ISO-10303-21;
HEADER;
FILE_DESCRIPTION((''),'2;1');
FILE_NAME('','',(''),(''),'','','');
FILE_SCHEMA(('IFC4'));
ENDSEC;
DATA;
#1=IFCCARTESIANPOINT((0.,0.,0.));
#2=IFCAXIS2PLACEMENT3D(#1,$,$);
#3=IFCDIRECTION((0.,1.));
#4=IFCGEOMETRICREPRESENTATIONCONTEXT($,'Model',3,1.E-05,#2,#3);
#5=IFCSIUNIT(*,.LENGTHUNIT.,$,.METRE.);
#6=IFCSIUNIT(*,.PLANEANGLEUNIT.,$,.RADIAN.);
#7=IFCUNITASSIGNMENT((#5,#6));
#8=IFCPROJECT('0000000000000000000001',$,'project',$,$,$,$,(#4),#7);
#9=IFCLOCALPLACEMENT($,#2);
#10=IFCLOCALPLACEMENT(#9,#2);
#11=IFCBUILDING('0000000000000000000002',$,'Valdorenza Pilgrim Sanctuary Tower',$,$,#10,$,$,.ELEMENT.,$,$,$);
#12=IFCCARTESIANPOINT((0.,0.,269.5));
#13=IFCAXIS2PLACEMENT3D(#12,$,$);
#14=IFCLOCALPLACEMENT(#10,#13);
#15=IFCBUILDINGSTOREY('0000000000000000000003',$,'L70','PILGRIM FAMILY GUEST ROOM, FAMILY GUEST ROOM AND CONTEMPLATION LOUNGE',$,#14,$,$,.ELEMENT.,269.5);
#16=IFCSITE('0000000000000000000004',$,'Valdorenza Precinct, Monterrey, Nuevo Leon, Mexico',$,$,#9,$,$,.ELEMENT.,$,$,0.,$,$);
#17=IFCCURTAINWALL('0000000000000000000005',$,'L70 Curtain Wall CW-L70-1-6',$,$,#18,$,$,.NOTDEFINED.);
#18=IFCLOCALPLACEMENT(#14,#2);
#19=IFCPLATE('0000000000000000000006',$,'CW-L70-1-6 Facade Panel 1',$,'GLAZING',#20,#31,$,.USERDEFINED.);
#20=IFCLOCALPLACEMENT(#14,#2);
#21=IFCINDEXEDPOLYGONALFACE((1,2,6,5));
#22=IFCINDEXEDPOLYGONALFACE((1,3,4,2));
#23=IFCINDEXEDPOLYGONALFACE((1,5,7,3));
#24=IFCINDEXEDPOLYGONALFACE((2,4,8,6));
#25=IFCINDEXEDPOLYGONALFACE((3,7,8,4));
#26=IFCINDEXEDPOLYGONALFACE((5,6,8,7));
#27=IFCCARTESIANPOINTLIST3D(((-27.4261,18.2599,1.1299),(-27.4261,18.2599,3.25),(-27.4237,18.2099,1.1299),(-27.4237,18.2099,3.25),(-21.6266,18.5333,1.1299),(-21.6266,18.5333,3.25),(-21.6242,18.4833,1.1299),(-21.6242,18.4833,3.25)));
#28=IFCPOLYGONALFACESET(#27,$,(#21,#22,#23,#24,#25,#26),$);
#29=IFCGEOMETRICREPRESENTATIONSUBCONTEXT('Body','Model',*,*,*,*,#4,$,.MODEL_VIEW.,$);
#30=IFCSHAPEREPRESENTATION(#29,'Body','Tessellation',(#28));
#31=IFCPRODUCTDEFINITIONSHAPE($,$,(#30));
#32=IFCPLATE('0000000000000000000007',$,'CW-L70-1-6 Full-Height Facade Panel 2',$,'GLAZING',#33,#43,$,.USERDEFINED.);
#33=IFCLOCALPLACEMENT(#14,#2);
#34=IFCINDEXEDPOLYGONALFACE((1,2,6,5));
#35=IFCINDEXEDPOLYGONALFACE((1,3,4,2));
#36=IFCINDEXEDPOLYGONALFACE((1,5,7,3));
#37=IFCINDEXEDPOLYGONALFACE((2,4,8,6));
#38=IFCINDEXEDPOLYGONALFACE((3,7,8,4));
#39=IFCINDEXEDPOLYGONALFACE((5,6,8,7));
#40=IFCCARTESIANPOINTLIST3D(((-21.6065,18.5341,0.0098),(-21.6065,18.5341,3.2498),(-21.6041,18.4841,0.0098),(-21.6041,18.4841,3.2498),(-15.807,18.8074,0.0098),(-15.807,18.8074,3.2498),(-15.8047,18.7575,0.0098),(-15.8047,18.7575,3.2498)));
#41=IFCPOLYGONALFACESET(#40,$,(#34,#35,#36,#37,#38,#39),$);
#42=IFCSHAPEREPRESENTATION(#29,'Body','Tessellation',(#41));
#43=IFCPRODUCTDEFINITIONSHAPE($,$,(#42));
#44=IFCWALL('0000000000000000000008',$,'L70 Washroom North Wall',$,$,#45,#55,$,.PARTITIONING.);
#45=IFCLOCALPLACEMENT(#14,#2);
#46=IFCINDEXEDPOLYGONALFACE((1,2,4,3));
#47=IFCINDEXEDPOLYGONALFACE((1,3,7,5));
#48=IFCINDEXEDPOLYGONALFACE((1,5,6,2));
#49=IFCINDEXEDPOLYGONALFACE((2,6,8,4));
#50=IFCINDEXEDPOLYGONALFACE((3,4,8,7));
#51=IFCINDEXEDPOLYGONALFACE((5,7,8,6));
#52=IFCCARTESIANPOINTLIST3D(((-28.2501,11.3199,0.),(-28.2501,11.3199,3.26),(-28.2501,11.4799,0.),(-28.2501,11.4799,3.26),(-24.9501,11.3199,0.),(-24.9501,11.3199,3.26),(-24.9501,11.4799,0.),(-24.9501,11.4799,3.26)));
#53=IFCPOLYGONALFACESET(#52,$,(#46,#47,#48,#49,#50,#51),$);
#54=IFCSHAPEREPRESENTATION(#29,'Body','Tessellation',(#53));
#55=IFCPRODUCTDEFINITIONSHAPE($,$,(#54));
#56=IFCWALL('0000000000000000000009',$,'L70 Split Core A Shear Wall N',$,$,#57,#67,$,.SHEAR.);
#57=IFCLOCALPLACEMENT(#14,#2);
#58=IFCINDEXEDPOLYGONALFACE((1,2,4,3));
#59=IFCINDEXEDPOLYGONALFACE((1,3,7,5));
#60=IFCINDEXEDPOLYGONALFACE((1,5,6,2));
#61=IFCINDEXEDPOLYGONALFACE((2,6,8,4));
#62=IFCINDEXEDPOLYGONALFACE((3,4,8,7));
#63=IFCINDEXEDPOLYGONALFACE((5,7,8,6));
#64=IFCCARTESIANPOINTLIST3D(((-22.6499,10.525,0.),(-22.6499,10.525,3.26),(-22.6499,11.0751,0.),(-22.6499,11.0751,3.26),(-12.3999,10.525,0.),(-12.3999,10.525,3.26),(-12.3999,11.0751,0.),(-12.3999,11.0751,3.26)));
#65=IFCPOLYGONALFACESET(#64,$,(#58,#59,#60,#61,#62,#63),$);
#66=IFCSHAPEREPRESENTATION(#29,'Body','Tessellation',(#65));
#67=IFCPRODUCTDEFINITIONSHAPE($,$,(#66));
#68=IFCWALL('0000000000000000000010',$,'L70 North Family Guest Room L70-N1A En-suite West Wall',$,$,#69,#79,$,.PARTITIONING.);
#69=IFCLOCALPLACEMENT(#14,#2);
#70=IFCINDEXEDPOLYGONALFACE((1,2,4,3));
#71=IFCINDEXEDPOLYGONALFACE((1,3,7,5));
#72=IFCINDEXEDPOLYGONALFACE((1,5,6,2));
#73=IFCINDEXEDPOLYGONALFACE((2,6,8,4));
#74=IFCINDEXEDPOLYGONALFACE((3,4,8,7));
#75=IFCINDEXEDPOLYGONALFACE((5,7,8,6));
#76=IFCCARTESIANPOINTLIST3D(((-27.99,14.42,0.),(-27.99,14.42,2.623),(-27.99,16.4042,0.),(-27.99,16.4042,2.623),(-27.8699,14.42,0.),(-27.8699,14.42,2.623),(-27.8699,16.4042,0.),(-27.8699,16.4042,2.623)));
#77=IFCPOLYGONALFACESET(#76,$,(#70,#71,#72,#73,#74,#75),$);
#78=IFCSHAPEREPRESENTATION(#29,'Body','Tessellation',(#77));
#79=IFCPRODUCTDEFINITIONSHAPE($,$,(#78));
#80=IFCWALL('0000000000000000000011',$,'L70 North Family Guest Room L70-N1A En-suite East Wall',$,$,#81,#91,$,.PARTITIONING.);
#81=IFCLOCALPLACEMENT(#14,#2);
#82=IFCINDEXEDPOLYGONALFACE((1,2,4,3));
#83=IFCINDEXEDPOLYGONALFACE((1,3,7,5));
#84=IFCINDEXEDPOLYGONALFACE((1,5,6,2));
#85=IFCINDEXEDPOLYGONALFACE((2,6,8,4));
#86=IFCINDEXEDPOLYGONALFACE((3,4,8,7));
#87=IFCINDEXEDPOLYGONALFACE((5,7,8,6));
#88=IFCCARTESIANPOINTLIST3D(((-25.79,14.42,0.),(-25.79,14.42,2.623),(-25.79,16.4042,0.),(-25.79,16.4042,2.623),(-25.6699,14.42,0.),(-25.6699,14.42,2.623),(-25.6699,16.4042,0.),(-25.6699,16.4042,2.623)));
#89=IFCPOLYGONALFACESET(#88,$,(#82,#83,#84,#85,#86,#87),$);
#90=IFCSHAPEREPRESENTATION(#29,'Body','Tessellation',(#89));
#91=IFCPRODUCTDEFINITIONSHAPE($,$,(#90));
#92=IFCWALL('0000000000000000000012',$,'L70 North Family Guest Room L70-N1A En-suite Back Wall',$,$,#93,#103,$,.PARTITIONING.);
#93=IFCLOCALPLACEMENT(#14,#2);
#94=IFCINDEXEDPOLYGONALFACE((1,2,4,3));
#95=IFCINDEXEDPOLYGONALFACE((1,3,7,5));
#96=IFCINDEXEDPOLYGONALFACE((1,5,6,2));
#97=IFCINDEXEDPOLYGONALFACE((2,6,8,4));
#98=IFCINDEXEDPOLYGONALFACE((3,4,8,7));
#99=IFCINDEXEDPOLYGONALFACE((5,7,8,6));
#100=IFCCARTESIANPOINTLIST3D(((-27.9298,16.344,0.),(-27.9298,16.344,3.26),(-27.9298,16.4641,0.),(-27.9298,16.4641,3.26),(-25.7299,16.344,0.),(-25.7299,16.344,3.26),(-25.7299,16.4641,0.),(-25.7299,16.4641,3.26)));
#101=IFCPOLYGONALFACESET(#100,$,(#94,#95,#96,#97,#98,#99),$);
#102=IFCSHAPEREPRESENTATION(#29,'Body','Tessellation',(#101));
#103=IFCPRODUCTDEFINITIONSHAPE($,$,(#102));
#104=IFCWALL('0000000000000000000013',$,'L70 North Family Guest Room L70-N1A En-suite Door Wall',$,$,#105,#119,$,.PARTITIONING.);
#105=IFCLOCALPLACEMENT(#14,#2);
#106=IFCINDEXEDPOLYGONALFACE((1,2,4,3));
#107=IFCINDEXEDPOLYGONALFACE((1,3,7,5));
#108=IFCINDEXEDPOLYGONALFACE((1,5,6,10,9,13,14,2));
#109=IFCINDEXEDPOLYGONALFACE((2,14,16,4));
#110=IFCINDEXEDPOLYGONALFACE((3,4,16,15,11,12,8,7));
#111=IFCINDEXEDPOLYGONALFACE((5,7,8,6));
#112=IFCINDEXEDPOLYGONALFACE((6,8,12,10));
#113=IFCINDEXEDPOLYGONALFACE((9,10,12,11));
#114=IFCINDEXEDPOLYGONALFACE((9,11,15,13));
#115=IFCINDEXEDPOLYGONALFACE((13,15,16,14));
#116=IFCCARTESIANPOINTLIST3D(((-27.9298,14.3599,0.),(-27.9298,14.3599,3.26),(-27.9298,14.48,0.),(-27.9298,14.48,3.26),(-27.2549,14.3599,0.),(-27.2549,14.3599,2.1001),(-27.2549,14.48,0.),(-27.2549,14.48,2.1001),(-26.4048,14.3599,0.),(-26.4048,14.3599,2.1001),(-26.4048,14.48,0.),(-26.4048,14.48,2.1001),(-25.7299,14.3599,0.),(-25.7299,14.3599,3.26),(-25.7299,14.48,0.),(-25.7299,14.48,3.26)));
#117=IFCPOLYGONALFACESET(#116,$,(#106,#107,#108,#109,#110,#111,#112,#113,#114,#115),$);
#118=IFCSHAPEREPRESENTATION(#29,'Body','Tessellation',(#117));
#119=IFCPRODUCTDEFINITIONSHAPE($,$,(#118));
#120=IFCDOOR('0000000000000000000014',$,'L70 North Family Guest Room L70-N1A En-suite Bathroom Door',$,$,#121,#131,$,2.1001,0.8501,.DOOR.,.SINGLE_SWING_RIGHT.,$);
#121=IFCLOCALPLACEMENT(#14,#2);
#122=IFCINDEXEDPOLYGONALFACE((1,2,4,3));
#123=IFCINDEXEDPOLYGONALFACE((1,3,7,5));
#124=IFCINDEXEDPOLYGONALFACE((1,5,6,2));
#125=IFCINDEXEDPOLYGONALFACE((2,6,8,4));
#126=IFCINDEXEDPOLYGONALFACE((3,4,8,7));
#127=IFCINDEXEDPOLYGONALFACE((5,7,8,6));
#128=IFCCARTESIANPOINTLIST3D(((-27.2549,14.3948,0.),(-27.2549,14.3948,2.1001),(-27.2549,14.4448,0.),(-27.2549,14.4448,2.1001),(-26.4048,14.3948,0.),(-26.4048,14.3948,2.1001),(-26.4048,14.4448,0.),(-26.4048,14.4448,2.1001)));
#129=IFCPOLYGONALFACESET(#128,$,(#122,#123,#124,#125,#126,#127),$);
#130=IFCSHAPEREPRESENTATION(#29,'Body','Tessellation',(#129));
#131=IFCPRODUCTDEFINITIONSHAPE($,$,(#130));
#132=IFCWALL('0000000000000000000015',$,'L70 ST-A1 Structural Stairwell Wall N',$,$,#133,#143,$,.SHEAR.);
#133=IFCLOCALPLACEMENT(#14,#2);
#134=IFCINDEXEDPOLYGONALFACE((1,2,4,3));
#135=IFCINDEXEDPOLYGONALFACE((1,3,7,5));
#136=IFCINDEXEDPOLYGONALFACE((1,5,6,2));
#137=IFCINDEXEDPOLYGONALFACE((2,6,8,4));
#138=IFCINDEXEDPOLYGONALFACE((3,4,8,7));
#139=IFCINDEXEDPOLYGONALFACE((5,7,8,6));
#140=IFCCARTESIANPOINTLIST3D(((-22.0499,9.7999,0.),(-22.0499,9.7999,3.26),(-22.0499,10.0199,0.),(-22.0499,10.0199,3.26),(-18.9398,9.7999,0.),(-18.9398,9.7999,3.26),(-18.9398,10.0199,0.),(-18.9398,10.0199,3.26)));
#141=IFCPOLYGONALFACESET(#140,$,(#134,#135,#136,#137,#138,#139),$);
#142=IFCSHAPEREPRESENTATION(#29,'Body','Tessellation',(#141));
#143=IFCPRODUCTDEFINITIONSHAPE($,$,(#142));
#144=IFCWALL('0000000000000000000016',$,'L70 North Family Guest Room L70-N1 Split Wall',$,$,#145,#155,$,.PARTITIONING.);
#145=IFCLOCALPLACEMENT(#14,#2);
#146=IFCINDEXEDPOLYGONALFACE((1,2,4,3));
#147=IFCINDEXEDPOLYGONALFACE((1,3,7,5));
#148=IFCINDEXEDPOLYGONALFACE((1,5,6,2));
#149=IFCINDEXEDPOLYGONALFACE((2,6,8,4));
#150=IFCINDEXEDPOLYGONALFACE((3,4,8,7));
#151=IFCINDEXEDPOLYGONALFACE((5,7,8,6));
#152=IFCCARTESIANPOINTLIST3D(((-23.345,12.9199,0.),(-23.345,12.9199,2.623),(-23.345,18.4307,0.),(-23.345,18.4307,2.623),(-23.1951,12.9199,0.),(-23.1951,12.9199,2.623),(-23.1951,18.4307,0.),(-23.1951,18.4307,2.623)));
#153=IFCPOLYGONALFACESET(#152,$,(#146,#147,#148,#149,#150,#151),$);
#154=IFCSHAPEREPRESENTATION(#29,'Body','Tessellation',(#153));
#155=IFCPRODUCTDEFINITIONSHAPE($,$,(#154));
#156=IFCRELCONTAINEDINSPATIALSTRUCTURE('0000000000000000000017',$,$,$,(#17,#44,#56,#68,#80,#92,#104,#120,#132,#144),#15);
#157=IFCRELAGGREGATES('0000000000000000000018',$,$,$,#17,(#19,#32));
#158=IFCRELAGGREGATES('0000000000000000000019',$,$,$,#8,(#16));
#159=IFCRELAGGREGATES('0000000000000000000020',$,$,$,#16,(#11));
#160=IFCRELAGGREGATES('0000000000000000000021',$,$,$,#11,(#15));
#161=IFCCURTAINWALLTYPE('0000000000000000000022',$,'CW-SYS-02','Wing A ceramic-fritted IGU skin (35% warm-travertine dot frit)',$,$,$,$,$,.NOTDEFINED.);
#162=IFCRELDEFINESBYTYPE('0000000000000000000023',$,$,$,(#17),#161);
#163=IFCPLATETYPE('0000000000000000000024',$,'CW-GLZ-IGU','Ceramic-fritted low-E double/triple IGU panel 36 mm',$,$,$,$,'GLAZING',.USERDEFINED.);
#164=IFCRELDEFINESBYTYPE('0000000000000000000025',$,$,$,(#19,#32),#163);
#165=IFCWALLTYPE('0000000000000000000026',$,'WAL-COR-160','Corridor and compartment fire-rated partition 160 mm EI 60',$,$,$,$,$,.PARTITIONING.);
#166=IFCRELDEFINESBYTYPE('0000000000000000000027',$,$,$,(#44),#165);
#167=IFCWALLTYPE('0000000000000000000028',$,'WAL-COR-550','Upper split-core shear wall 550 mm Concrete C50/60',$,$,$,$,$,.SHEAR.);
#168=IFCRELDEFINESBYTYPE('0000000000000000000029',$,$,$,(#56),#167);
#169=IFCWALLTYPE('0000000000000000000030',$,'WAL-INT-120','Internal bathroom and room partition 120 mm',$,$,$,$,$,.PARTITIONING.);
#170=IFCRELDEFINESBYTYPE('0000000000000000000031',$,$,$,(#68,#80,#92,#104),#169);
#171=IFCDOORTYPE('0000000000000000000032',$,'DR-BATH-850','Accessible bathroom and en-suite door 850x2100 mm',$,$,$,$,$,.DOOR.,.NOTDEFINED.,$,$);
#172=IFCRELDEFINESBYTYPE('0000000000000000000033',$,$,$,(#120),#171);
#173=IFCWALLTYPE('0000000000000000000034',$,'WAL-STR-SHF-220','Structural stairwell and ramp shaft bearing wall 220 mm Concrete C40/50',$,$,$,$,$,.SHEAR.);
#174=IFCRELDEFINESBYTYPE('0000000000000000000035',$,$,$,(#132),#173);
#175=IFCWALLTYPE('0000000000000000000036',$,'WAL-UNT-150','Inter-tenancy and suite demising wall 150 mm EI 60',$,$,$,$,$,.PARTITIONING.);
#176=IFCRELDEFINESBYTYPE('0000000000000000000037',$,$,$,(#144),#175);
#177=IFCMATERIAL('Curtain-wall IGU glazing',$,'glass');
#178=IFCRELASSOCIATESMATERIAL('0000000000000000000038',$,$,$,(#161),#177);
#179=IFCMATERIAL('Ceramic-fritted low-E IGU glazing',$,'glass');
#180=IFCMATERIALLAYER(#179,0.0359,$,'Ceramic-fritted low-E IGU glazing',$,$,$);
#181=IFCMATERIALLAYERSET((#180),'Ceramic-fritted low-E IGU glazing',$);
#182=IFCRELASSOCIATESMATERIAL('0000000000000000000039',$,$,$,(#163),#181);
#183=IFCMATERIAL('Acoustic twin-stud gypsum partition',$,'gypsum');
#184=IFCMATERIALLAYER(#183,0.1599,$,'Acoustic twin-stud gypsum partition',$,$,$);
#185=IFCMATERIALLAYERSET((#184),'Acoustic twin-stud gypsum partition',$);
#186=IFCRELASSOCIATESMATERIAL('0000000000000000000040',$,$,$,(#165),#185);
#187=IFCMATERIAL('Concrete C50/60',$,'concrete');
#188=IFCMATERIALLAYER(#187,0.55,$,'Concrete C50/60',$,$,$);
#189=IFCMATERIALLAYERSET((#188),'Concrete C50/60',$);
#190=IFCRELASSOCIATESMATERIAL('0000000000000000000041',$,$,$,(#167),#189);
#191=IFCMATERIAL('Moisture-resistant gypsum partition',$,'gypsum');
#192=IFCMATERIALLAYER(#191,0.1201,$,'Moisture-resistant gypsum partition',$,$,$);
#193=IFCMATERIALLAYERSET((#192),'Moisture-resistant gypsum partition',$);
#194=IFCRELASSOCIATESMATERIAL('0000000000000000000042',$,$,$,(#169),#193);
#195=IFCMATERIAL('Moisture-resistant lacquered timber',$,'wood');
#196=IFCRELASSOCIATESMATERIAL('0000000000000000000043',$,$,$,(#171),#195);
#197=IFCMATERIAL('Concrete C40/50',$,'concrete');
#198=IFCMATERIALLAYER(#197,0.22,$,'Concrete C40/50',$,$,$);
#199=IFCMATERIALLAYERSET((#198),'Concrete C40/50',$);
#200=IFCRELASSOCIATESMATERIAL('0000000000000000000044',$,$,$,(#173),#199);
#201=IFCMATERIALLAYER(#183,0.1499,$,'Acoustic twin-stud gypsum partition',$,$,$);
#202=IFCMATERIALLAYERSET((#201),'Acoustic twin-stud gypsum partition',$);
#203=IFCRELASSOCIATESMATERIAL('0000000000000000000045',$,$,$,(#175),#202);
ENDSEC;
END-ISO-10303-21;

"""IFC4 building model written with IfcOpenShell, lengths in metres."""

from ifc_helpers import new_model, si_unit, direction, frame, frame_2d, origin, origin_2d, place, context, subcontext, project, spatial, rectangle, extrude, source, transform, mapped, material, layer, layer_set, type_object, element, fill, aggregate, save


model = new_model("IFC4")

# Units and contexts
model_context = context("Model", 3, precision=1e-05, world=origin(), true_north=direction((0.0, 1.0)))
body_context = subcontext(model_context, "Body", "Model", "MODEL_VIEW")
ifc_project = project(units=[si_unit("LENGTHUNIT", "METRE"), si_unit("PLANEANGLEUNIT", "RADIAN")], contexts=[model_context])

# Site, building, storey
site_placement = place(None, origin())
site = spatial("IfcSite", under=ifc_project, at=site_placement, Name="Valdorenza Precinct, Monterrey, Nuevo Leon, Mexico", CompositionType="ELEMENT", RefElevation=0.0)
building_placement = place(site_placement, origin())
building = spatial("IfcBuilding", under=site, at=building_placement, Name="Valdorenza Pilgrim Sanctuary Tower", CompositionType="ELEMENT")
storey_placement = place(building_placement, frame((0.0, 0.0, 269.5)))
storey = spatial("IfcBuildingStorey", under=building, at=storey_placement, Name="L70", Description="PILGRIM FAMILY GUEST ROOM, FAMILY GUEST ROOM AND CONTEMPLATION LOUNGE", CompositionType="ELEMENT", Elevation=269.5)

# Shared definitions
ifc_material_1 = material(Name="Concrete C50/60", Category="concrete")

# Curtain wall, plates
ifc_material_2 = material(Name="Curtain-wall IGU glazing", Category="glass")
curtain_wall_type = type_object("IfcCurtainWallType", Name="CW-SYS-02", Description="Wing A ceramic-fritted IGU skin (35% warm-travertine dot frit)", PredefinedType="NOTDEFINED", material=ifc_material_2)
curtain_wall_placement = place(storey_placement, origin())
curtain_wall = element("IfcCurtainWall", 1, at=curtain_wall_placement, inside=storey, type_object=curtain_wall_type, Name="L70 Curtain Wall CW-L70-1-6", PredefinedType="NOTDEFINED")
ifc_material_3 = material(Name="Ceramic-fritted low-E IGU glazing", Category="glass")
ifc_layer_1 = layer(ifc_material_3, 0.0359, Name="Ceramic-fritted low-E IGU glazing")
ifc_layer_set_1 = layer_set([ifc_layer_1], Name="Ceramic-fritted low-E IGU glazing")
plate_type_1 = type_object("IfcPlateType", Name="CW-GLZ-IGU", Description="Ceramic-fritted low-E double/triple IGU panel 36 mm", ElementType="GLAZING", PredefinedType="USERDEFINED", material=ifc_layer_set_1)
shared_shape_1 = source(origin(), body_context, "Body", "SweptSolid", [
    extrude(rectangle(XDim=5.8059, YDim=0.05, at=origin_2d()), origin(), (0.0, 0.0, 1.0), 2.1201),
])
plate_1_placement = place(storey_placement, frame((-24.5251, 18.3716, 1.1299), z_axis=(0.0, 0.0, 1.0), x_axis=(0.998891, 0.047089, 0.0)))
plate_1 = element("IfcPlate", 2, at=plate_1_placement, type_object=plate_type_1, Name="CW-L70-1-6 Facade Panel 1", ObjectType="GLAZING", PredefinedType="USERDEFINED", context=body_context, shape_type="MappedRepresentation", body=[
    mapped(shared_shape_1, transform((0.0, 0.0, 0.0), x_axis=(1.0, 0.0, 0.0), y_axis=(0.0, 1.0, 0.0), z_axis=(0.0, 0.0, 1.0), scale=1.0)),
])
shared_shape_2 = source(origin(), body_context, "Body", "SweptSolid", [
    extrude(rectangle(XDim=5.8059, YDim=0.05, at=origin_2d()), origin(), (0.0, 0.0, 1.0), 3.24),
])
plate_2_placement = place(storey_placement, frame((-18.7056, 18.6458, 0.0098), z_axis=(0.0, 0.0, 1.0), x_axis=(0.998891, 0.047089, 0.0)))
plate_2 = element("IfcPlate", 3, at=plate_2_placement, type_object=plate_type_1, Name="CW-L70-1-6 Full-Height Facade Panel 2", ObjectType="GLAZING", PredefinedType="USERDEFINED", context=body_context, shape_type="MappedRepresentation", body=[
    mapped(shared_shape_2, transform((0.0, 0.0, 0.0), x_axis=(1.0, 0.0, 0.0), y_axis=(0.0, 1.0, 0.0), z_axis=(0.0, 0.0, 1.0), scale=1.0)),
])
aggregate(curtain_wall, [plate_1, plate_2])

# Walls
ifc_material_4 = material(Name="Acoustic twin-stud gypsum partition", Category="gypsum")
ifc_layer_2 = layer(ifc_material_4, 0.1599, Name="Acoustic twin-stud gypsum partition")
ifc_layer_set_2 = layer_set([ifc_layer_2], Name="Acoustic twin-stud gypsum partition")
wall_type_1 = type_object("IfcWallType", Name="WAL-COR-160", Description="Corridor and compartment fire-rated partition 160 mm EI 60", PredefinedType="PARTITIONING", material=ifc_layer_set_2)
wall_1_placement = place(storey_placement, frame((-28.25, 11.3999, 0.0), z_axis=(0.0, 0.0, 1.0), x_axis=(1.0, 0.0, 0.0)))
element("IfcWall", 4, at=wall_1_placement, inside=storey, type_object=wall_type_1, Name="L70 Washroom North Wall", PredefinedType="PARTITIONING", context=body_context, shape_type="SweptSolid", body=[
    extrude(rectangle(XDim=3.3, YDim=0.1599, at=frame_2d((1.6499, 0.0))), origin(), (0.0, 0.0, 1.0), 3.26),
])
ifc_layer_3 = layer(ifc_material_1, 0.55, Name="Concrete C50/60")
ifc_layer_set_3 = layer_set([ifc_layer_3], Name="Concrete C50/60")
wall_type_2 = type_object("IfcWallType", Name="WAL-COR-550", Description="Upper split-core shear wall 550 mm Concrete C50/60", PredefinedType="SHEAR", material=ifc_layer_set_3)
wall_2_placement = place(storey_placement, frame((-22.6499, 10.8, 0.0), z_axis=(0.0, 0.0, 1.0), x_axis=(1.0, 0.0, 0.0)))
element("IfcWall", 5, at=wall_2_placement, inside=storey, type_object=wall_type_2, Name="L70 Split Core A Shear Wall N", PredefinedType="SHEAR", context=body_context, shape_type="SweptSolid", body=[
    extrude(rectangle(XDim=10.25, YDim=0.55, at=frame_2d((5.125, 0.0))), origin(), (0.0, 0.0, 1.0), 3.26),
])
ifc_material_5 = material(Name="Moisture-resistant gypsum partition", Category="gypsum")
ifc_layer_4 = layer(ifc_material_5, 0.1201, Name="Moisture-resistant gypsum partition")
ifc_layer_set_4 = layer_set([ifc_layer_4], Name="Moisture-resistant gypsum partition")
wall_type_3 = type_object("IfcWallType", Name="WAL-INT-120", Description="Internal bathroom and room partition 120 mm", PredefinedType="PARTITIONING", material=ifc_layer_set_4)
for number, where, z_axis, x_axis, name in (
    (6, (-27.9299, 14.4199, 0.0), (0.0, 0.0, 1.0), (0.0, 1.0, 0.0), "L70 North Family Guest Room L70-N1A En-suite West Wall"),
    (7, (-25.73, 14.4199, 0.0), (0.0, 0.0, 1.0), (0.0, 1.0, 0.0), "L70 North Family Guest Room L70-N1A En-suite East Wall"),
):
    element("IfcWall", number, at=place(storey_placement, frame(where, z_axis=z_axis, x_axis=x_axis)), inside=storey, type_object=wall_type_3, Name=name, PredefinedType="PARTITIONING", context=body_context, shape_type="SweptSolid", body=[
        extrude(rectangle(XDim=1.9841, YDim=0.1201, at=frame_2d((0.9922, 0.0))), origin(), (0.0, 0.0, 1.0), 2.623),
    ])
wall_3_placement = place(storey_placement, frame((-27.9299, 16.4041, 0.0), z_axis=(0.0, 0.0, 1.0), x_axis=(1.0, 0.0, 0.0)))
element("IfcWall", 8, at=wall_3_placement, inside=storey, type_object=wall_type_3, Name="L70 North Family Guest Room L70-N1A En-suite Back Wall", PredefinedType="PARTITIONING", context=body_context, shape_type="SweptSolid", body=[
    extrude(rectangle(XDim=2.2, YDim=0.1201, at=frame_2d((1.1001, 0.0))), origin(), (0.0, 0.0, 1.0), 3.26),
])

# Wall, opening, door
wall_4_placement = place(storey_placement, frame((-27.9299, 14.4199, 0.0), z_axis=(0.0, 0.0, 1.0), x_axis=(1.0, 0.0, 0.0)))
wall_4 = element("IfcWall", 9, at=wall_4_placement, inside=storey, type_object=wall_type_3, Name="L70 North Family Guest Room L70-N1A En-suite Door Wall", PredefinedType="PARTITIONING", context=body_context, shape_type="SweptSolid", body=[
    extrude(rectangle(XDim=2.2, YDim=0.1201, at=frame_2d((1.1001, 0.0))), origin(), (0.0, 0.0, 1.0), 3.26),
])
opening_placement = place(wall_4_placement, frame((0.675, 0.0, 0.0)))
opening = element("IfcOpeningElement", 10, at=opening_placement, cuts=wall_4, PredefinedType="OPENING", context=body_context, shape_type="SweptSolid", body=[
    extrude(rectangle(XDim=0.8501, YDim=2.1001, at=frame_2d((0.425, 1.05))), frame((0.0, 0.075, 0.0), z_axis=(0.0, -1.0, 0.0), x_axis=(1.0, 0.0, 0.0)), (0.0, 0.0, 1.0), 0.1499),
])
ifc_material_6 = material(Name="Moisture-resistant lacquered timber", Category="wood")
door_type = type_object("IfcDoorType", Name="DR-BATH-850", Description="Accessible bathroom and en-suite door 850x2100 mm", OperationType="NOTDEFINED", PredefinedType="DOOR", material=ifc_material_6)
door_placement = place(opening_placement, origin())
door = element("IfcDoor", 11, at=door_placement, inside=storey, type_object=door_type, Name="L70 North Family Guest Room L70-N1A En-suite Bathroom Door", OperationType="SINGLE_SWING_RIGHT", OverallHeight=2.1001, OverallWidth=0.8501, PredefinedType="DOOR", context=body_context, shape_type="SweptSolid", body=[
    extrude(rectangle(XDim=0.8501, YDim=2.1001, at=frame_2d((0.425, 1.05))), frame((0.0, 0.0249, 0.0), z_axis=(0.0, -1.0, 0.0), x_axis=(1.0, 0.0, 0.0)), (0.0, 0.0, 1.0), 0.05),
])
fill(opening, door)

# Walls
ifc_material_7 = material(Name="Concrete C40/50", Category="concrete")
ifc_layer_5 = layer(ifc_material_7, 0.22, Name="Concrete C40/50")
ifc_layer_set_5 = layer_set([ifc_layer_5], Name="Concrete C40/50")
wall_type_4 = type_object("IfcWallType", Name="WAL-STR-SHF-220", Description="Structural stairwell and ramp shaft bearing wall 220 mm Concrete C40/50", PredefinedType="SHEAR", material=ifc_layer_set_5)
wall_5_placement = place(storey_placement, frame((-22.05, 9.9099, 0.0), z_axis=(0.0, 0.0, 1.0), x_axis=(1.0, 0.0, 0.0)))
element("IfcWall", 12, at=wall_5_placement, inside=storey, type_object=wall_type_4, Name="L70 ST-A1 Structural Stairwell Wall N", PredefinedType="SHEAR", context=body_context, shape_type="SweptSolid", body=[
    extrude(rectangle(XDim=3.1101, YDim=0.22, at=frame_2d((1.5552, 0.0))), origin(), (0.0, 0.0, 1.0), 3.26),
])
ifc_layer_6 = layer(ifc_material_4, 0.1499, Name="Acoustic twin-stud gypsum partition")
ifc_layer_set_6 = layer_set([ifc_layer_6], Name="Acoustic twin-stud gypsum partition")
wall_type_5 = type_object("IfcWallType", Name="WAL-UNT-150", Description="Inter-tenancy and suite demising wall 150 mm EI 60", PredefinedType="PARTITIONING", material=ifc_layer_set_6)
wall_6_placement = place(storey_placement, frame((-23.27, 12.9199, 0.0), z_axis=(0.0, 0.0, 1.0), x_axis=(0.0, 1.0, 0.0)))
element("IfcWall", 13, at=wall_6_placement, inside=storey, type_object=wall_type_5, Name="L70 North Family Guest Room L70-N1 Split Wall", PredefinedType="PARTITIONING", context=body_context, shape_type="SweptSolid", body=[
    extrude(rectangle(XDim=5.5107, YDim=0.1499, at=frame_2d((2.7554, 0.0))), origin(), (0.0, 0.0, 1.0), 2.623),
])

save(model, "model.ifc")
